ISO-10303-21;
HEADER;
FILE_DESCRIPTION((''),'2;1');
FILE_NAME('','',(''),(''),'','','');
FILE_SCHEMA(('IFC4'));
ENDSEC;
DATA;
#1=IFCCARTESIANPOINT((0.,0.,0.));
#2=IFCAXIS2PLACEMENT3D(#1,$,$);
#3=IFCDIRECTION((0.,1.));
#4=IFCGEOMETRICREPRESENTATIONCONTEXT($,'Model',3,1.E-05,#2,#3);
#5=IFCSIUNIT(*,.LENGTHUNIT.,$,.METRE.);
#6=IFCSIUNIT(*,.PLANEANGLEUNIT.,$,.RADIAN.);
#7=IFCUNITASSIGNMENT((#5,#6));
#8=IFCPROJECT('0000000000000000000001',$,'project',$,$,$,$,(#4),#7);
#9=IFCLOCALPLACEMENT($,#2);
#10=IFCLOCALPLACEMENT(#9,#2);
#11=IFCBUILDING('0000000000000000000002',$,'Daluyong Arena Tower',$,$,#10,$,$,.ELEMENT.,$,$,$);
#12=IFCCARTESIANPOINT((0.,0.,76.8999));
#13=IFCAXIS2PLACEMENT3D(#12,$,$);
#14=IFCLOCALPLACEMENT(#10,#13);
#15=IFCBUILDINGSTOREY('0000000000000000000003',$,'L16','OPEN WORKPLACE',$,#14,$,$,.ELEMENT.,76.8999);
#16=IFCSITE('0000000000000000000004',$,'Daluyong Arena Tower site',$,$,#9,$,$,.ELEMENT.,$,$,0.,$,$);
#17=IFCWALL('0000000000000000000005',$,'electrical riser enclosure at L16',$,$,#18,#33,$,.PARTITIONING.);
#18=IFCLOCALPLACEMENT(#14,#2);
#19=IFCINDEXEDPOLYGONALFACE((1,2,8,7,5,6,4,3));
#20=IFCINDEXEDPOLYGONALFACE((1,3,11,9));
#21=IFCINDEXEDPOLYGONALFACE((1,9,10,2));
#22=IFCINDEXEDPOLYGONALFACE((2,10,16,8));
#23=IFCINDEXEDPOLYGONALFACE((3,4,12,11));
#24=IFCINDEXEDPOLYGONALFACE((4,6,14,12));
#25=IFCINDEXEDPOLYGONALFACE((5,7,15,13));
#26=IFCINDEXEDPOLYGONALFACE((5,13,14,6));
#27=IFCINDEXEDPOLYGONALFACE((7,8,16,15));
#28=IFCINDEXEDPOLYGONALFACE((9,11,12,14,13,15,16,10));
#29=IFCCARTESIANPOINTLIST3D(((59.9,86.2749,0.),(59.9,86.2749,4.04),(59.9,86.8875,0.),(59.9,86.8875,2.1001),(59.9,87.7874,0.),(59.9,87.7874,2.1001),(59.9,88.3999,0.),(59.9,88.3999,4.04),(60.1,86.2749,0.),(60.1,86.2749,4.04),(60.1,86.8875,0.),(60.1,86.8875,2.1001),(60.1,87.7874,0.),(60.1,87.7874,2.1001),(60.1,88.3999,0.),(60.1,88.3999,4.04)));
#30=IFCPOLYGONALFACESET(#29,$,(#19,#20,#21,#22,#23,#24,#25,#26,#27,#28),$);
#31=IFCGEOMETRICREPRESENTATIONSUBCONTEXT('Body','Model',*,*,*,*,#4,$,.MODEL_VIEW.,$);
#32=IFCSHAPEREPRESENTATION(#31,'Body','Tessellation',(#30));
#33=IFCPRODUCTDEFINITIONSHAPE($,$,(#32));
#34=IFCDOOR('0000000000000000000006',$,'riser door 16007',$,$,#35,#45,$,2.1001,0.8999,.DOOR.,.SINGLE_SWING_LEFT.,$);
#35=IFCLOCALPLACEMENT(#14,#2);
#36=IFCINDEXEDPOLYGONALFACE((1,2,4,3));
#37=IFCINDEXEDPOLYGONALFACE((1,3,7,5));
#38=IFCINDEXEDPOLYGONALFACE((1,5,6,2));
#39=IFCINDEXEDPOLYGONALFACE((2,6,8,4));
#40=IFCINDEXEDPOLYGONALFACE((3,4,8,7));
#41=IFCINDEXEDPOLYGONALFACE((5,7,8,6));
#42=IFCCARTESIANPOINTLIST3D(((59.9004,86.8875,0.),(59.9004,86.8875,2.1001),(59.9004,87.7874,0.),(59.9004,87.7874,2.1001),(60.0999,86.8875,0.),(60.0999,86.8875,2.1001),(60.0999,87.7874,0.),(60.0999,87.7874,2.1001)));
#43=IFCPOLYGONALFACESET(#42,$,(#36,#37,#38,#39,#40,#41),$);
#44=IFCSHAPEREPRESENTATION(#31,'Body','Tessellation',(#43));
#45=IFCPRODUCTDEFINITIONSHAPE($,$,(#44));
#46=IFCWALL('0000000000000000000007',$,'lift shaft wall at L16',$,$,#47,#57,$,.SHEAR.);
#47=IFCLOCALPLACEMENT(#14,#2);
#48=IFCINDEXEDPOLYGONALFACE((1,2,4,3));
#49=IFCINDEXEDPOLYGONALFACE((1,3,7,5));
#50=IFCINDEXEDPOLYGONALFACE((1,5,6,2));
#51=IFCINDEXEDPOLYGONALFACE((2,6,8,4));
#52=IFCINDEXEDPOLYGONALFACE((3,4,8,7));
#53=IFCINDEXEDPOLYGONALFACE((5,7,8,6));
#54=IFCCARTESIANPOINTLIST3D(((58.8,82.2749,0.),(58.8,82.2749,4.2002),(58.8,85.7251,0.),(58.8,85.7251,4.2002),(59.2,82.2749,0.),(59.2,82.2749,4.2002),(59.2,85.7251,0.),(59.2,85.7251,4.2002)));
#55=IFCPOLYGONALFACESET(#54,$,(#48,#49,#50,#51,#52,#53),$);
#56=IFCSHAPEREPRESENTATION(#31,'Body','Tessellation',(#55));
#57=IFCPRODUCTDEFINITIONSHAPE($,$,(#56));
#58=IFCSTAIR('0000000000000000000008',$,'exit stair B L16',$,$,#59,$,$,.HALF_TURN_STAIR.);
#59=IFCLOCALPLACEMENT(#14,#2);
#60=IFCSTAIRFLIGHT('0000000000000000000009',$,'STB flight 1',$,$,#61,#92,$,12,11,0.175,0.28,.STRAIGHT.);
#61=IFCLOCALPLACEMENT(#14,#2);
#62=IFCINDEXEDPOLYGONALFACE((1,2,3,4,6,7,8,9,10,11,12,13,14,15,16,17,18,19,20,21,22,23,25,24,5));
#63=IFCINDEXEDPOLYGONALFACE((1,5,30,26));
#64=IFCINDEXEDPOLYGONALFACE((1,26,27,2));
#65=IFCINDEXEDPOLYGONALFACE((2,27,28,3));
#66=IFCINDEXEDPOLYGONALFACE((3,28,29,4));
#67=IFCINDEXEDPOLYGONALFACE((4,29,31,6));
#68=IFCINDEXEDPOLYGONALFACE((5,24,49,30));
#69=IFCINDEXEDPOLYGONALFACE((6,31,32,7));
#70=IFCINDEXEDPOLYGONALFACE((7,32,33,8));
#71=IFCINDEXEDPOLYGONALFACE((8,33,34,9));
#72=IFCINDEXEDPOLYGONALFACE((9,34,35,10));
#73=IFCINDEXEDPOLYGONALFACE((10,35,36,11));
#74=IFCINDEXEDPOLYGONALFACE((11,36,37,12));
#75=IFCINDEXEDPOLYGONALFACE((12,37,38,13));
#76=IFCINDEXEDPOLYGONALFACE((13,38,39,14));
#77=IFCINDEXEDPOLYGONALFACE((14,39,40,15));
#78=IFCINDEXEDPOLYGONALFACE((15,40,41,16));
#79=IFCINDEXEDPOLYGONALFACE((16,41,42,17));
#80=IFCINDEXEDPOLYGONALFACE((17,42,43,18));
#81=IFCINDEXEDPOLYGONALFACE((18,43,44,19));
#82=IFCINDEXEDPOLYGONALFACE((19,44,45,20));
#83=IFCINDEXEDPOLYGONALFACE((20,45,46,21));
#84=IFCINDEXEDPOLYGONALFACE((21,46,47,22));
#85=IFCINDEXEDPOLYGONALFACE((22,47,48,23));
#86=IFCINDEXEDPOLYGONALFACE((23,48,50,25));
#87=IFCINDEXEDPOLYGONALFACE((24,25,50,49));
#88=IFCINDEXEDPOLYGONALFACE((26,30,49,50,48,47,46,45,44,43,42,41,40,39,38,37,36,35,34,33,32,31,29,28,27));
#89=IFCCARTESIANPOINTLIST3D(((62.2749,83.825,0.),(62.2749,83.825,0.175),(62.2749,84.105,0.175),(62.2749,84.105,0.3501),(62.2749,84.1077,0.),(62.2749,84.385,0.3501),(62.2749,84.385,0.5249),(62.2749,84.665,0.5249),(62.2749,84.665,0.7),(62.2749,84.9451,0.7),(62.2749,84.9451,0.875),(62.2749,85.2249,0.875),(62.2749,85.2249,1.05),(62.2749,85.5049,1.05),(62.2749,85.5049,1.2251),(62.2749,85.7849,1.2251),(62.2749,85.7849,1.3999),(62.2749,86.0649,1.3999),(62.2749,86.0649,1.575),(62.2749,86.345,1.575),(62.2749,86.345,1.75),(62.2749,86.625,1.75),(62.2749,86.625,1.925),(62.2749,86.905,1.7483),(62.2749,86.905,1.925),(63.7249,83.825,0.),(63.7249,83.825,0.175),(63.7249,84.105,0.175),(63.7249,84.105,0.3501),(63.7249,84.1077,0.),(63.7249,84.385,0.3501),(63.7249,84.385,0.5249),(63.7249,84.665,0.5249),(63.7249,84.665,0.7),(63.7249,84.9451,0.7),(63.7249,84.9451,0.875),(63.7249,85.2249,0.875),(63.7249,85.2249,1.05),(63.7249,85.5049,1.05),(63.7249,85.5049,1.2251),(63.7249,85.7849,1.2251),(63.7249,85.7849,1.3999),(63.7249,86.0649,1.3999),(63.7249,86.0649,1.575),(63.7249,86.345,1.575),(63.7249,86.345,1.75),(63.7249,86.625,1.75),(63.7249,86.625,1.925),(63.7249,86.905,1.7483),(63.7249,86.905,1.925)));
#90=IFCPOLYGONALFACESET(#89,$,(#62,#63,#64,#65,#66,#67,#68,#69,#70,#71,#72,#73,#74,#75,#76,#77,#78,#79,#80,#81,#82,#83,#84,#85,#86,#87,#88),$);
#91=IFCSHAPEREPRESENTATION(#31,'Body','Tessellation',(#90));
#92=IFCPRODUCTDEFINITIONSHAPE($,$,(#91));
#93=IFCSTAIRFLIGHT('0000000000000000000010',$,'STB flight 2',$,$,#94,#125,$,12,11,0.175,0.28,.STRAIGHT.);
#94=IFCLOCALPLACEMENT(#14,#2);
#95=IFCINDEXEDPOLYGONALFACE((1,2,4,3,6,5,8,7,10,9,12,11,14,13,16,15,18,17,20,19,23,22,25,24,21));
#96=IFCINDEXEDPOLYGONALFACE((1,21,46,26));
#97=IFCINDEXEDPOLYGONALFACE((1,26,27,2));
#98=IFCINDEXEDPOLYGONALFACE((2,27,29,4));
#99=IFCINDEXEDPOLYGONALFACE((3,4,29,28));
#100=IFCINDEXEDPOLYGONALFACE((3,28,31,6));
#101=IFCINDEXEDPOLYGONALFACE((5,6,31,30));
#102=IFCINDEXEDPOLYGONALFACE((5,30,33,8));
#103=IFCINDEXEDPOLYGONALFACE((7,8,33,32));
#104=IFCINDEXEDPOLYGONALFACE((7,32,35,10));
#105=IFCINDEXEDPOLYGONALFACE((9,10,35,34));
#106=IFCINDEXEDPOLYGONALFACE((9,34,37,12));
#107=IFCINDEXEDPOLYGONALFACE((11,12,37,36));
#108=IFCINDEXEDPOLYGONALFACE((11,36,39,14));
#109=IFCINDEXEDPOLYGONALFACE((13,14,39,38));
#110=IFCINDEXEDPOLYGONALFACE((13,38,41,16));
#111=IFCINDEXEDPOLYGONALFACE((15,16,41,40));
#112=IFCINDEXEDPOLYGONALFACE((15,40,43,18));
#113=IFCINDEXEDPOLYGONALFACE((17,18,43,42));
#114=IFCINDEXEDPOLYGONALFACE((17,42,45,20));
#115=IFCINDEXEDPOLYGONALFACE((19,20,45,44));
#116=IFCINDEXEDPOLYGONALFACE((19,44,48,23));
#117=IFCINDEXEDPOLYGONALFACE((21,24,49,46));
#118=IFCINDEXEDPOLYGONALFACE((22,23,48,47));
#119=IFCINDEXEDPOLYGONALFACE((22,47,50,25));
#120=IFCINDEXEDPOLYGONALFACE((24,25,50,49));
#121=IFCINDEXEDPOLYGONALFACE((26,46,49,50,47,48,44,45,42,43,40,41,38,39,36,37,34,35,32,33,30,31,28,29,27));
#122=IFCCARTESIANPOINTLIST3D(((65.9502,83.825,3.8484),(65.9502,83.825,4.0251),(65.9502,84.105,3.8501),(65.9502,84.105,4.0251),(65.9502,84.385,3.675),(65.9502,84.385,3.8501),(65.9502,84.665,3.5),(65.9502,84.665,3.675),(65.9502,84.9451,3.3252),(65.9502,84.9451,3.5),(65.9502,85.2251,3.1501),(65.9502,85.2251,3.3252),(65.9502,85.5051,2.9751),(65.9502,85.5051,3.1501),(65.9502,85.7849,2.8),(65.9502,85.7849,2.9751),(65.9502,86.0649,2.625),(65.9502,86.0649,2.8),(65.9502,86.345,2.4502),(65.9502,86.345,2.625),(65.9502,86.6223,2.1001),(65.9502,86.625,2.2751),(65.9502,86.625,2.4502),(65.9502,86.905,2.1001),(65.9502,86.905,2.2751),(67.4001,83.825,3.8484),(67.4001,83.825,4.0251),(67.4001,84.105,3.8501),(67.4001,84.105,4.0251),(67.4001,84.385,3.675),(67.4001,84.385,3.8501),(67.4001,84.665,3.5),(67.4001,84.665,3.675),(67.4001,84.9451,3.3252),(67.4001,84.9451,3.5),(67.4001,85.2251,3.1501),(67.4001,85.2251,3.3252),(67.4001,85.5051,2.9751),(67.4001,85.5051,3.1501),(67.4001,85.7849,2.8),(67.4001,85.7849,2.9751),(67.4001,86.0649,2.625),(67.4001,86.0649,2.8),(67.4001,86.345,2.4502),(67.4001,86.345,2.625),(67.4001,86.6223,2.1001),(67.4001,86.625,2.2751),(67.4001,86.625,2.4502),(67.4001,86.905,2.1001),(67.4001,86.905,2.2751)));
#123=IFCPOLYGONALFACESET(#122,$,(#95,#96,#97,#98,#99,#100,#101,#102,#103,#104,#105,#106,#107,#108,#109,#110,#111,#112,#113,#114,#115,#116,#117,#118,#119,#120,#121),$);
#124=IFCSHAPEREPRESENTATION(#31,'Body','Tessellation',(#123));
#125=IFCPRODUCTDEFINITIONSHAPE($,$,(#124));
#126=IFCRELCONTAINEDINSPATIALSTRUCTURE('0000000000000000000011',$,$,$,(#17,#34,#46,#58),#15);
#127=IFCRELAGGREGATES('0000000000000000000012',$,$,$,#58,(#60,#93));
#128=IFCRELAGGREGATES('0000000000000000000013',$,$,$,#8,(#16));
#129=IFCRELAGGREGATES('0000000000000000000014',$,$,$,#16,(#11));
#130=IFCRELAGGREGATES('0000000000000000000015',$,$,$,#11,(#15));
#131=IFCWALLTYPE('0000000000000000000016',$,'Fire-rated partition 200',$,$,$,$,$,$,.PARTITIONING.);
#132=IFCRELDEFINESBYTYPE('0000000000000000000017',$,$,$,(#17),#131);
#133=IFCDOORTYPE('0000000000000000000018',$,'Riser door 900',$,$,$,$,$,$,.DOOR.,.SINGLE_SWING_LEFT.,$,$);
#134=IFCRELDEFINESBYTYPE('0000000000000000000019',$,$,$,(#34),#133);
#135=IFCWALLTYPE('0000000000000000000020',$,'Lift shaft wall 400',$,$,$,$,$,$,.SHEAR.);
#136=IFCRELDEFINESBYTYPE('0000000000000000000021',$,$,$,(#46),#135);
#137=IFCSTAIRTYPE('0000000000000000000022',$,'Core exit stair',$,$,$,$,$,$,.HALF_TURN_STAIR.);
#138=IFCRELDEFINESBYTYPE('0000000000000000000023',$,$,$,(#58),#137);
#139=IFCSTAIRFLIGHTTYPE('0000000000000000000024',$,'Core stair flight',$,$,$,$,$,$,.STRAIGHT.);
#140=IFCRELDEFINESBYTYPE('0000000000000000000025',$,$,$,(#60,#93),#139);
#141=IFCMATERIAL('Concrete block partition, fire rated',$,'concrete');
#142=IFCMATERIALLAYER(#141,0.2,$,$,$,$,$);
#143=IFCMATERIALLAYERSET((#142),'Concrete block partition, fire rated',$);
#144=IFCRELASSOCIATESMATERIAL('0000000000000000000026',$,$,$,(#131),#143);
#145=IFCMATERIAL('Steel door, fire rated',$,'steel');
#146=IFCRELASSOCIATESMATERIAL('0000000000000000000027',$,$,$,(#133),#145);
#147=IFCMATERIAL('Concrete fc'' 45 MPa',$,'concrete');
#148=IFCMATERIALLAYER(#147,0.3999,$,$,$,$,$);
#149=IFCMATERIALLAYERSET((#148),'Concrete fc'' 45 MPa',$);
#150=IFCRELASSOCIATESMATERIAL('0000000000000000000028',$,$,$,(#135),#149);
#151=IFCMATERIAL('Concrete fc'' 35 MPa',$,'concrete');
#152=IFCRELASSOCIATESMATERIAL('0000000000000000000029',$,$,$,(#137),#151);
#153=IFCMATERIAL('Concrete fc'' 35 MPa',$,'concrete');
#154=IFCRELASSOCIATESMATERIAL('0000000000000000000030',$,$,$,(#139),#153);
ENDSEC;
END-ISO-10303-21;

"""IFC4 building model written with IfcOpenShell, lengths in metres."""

from ifc_helpers import new_model, si_unit, direction, frame, frame_2d, origin, place, context, subcontext, project, spatial, polyline, rectangle, outline, extrude, material, layer, layer_set, type_object, element, fill, aggregate, save


model = new_model("IFC4")

# Units and contexts
model_context = context("Model", 3, precision=1e-05, world=origin(), true_north=direction((0.0, 1.0)))
body_context = subcontext(model_context, "Body", "Model", "MODEL_VIEW")
ifc_project = project(units=[si_unit("LENGTHUNIT", "METRE"), si_unit("PLANEANGLEUNIT", "RADIAN")], contexts=[model_context])

# Site, building, storey
site_placement = place(None, origin())
site = spatial("IfcSite", under=ifc_project, at=site_placement, Name="Daluyong Arena Tower site", CompositionType="ELEMENT", RefElevation=0.0)
building_placement = place(site_placement, origin())
building = spatial("IfcBuilding", under=site, at=building_placement, Name="Daluyong Arena Tower", CompositionType="ELEMENT")
storey_placement = place(building_placement, frame((0.0, 0.0, 76.8999)))
storey = spatial("IfcBuildingStorey", under=building, at=storey_placement, Name="L16", Description="OPEN WORKPLACE", CompositionType="ELEMENT", Elevation=76.8999)

# Wall, opening, door
ifc_material_1 = material(Name="Concrete block partition, fire rated", Category="concrete")
ifc_layer_1 = layer(ifc_material_1, 0.2)
ifc_layer_set_1 = layer_set([ifc_layer_1], Name="Concrete block partition, fire rated")
wall_type_1 = type_object("IfcWallType", Name="Fire-rated partition 200", PredefinedType="PARTITIONING", material=ifc_layer_set_1)
wall_1_placement = place(storey_placement, frame((60.0, 86.2749, 0.0), z_axis=(0.0, 0.0, 1.0), x_axis=(0.0, 1.0, 0.0)))
wall_1 = element("IfcWall", 1, at=wall_1_placement, inside=storey, type_object=wall_type_1, Name="electrical riser enclosure at L16", PredefinedType="PARTITIONING", context=body_context, shape_type="SweptSolid", body=[
    extrude(rectangle(XDim=2.125, YDim=0.2, at=frame_2d((1.0625, 0.0))), origin(), (0.0, 0.0, 1.0), 4.04),
])
opening_1_placement = place(wall_1_placement, frame((0.6125, 0.0, 0.0)))
opening_1 = element("IfcOpeningElement", 2, at=opening_1_placement, cuts=wall_1, PredefinedType="OPENING", context=body_context, shape_type="SweptSolid", body=[
    extrude(rectangle(XDim=0.8999, YDim=2.1001, at=frame_2d((0.45, 1.05))), frame((0.0, 0.1099, 0.0), z_axis=(0.0, -1.0, 0.0), x_axis=(1.0, 0.0, 0.0)), (0.0, 0.0, 1.0), 0.22),
])
ifc_material_2 = material(Name="Steel door, fire rated", Category="steel")
door_type_1 = type_object("IfcDoorType", Name="Riser door 900", OperationType="SINGLE_SWING_LEFT", PredefinedType="DOOR", material=ifc_material_2)
door_1_placement = place(opening_1_placement, origin())
door_1 = element("IfcDoor", 3, at=door_1_placement, inside=storey, type_object=door_type_1, Name="riser door 16007", OperationType="SINGLE_SWING_LEFT", OverallHeight=2.1001, OverallWidth=0.8999, PredefinedType="DOOR", context=body_context, shape_type="SweptSolid", body=[
    extrude(rectangle(XDim=0.8999, YDim=2.1001, at=frame_2d((0.45, 1.05))), frame((0.0, 0.0996, 0.0), z_axis=(0.0, -1.0, 0.0), x_axis=(1.0, 0.0, 0.0)), (0.0, 0.0, 1.0), 0.1995),
])
fill(opening_1, door_1)

# Wall
ifc_material_3 = material(Name="Concrete fc' 45 MPa", Category="concrete")
ifc_layer_2 = layer(ifc_material_3, 0.3999)
ifc_layer_set_2 = layer_set([ifc_layer_2], Name="Concrete fc' 45 MPa")
wall_type_2 = type_object("IfcWallType", Name="Lift shaft wall 400", PredefinedType="SHEAR", material=ifc_layer_set_2)
wall_2_placement = place(storey_placement, frame((59.0, 82.2749, 0.0), z_axis=(0.0, 0.0, 1.0), x_axis=(0.0, 1.0, 0.0)))
element("IfcWall", 4, at=wall_2_placement, inside=storey, type_object=wall_type_2, Name="lift shaft wall at L16", PredefinedType="SHEAR", context=body_context, shape_type="SweptSolid", body=[
    extrude(rectangle(XDim=3.4502, YDim=0.3999, at=frame_2d((1.7251, 0.0))), origin(), (0.0, 0.0, 1.0), 4.2002),
])

# Stair, stair flights
ifc_material_4 = material(Name="Concrete fc' 35 MPa", Category="concrete")
stair_type = type_object("IfcStairType", Name="Core exit stair", PredefinedType="HALF_TURN_STAIR", material=ifc_material_4)
stair_placement = place(storey_placement, origin())
stair = element("IfcStair", 5, at=stair_placement, inside=storey, type_object=stair_type, Name="exit stair B L16", PredefinedType="HALF_TURN_STAIR")
ifc_material_5 = material(Name="Concrete fc' 35 MPa", Category="concrete")
stair_flight_type = type_object("IfcStairFlightType", Name="Core stair flight", PredefinedType="STRAIGHT", material=ifc_material_5)
stair_flight_1_placement = place(storey_placement, frame((63.0, 83.825, 0.0), z_axis=(0.0, 0.0, 1.0), x_axis=(0.0, 1.0, 0.0)))
stair_flight_1 = element("IfcStairFlight", 6, at=stair_flight_1_placement, type_object=stair_flight_type, Name="STB flight 1", NumberOfRisers=12, NumberOfTreads=11, PredefinedType="STRAIGHT", RiserHeight=0.175, TreadLength=0.28, context=body_context, shape_type="SweptSolid", body=[
    extrude(outline(polyline([(0.0, 0.0), (0.0, 0.175), (0.28, 0.175), (0.28, 0.3501), (0.5601, 0.3501), (0.5601, 0.5249), (0.8401, 0.5249), (0.8401, 0.7), (1.1201, 0.7), (1.1201, 0.875), (1.3999, 0.875), (1.3999, 1.05), (1.6799, 1.05), (1.6799, 1.2251), (1.96, 1.2251), (1.96, 1.3999), (2.24, 1.3999), (2.24, 1.575), (2.52, 1.575), (2.52, 1.75), (2.8, 1.75), (2.8, 1.925), (3.0801, 1.925), (3.0801, 2.1001), (3.0801, 1.7483), (0.2827, 0.0), (0.0, 0.0)])), frame((0.0, 0.7251, 0.0), z_axis=(0.0, -1.0, 0.0), x_axis=(1.0, 0.0, 0.0)), (0.0, 0.0, 1.0), 1.45),
])
stair_flight_2_placement = place(storey_placement, frame((66.675, 86.905, 2.1001), z_axis=(0.0, 0.0, 1.0), x_axis=(0.0, -1.0, 0.0)))
stair_flight_2 = element("IfcStairFlight", 7, at=stair_flight_2_placement, type_object=stair_flight_type, Name="STB flight 2", NumberOfRisers=12, NumberOfTreads=11, PredefinedType="STRAIGHT", RiserHeight=0.175, TreadLength=0.28, context=body_context, shape_type="SweptSolid", body=[
    extrude(outline(polyline([(0.0, 0.0), (0.0, 0.175), (0.28, 0.175), (0.28, 0.3501), (0.5601, 0.3501), (0.5601, 0.5249), (0.8401, 0.5249), (0.8401, 0.7), (1.1201, 0.7), (1.1201, 0.875), (1.3999, 0.875), (1.3999, 1.05), (1.6799, 1.05), (1.6799, 1.2251), (1.96, 1.2251), (1.96, 1.3999), (2.24, 1.3999), (2.24, 1.575), (2.52, 1.575), (2.52, 1.75), (2.8, 1.75), (2.8, 1.925), (3.0801, 1.925), (3.0801, 2.1001), (3.0801, 1.7483), (0.2827, 0.0), (0.0, 0.0)])), frame((0.0, 0.7251, 0.0), z_axis=(0.0, -1.0, 0.0), x_axis=(1.0, 0.0, 0.0)), (0.0, 0.0, 1.0), 1.45),
])
aggregate(stair, [stair_flight_1, stair_flight_2])

save(model, "model.ifc")
